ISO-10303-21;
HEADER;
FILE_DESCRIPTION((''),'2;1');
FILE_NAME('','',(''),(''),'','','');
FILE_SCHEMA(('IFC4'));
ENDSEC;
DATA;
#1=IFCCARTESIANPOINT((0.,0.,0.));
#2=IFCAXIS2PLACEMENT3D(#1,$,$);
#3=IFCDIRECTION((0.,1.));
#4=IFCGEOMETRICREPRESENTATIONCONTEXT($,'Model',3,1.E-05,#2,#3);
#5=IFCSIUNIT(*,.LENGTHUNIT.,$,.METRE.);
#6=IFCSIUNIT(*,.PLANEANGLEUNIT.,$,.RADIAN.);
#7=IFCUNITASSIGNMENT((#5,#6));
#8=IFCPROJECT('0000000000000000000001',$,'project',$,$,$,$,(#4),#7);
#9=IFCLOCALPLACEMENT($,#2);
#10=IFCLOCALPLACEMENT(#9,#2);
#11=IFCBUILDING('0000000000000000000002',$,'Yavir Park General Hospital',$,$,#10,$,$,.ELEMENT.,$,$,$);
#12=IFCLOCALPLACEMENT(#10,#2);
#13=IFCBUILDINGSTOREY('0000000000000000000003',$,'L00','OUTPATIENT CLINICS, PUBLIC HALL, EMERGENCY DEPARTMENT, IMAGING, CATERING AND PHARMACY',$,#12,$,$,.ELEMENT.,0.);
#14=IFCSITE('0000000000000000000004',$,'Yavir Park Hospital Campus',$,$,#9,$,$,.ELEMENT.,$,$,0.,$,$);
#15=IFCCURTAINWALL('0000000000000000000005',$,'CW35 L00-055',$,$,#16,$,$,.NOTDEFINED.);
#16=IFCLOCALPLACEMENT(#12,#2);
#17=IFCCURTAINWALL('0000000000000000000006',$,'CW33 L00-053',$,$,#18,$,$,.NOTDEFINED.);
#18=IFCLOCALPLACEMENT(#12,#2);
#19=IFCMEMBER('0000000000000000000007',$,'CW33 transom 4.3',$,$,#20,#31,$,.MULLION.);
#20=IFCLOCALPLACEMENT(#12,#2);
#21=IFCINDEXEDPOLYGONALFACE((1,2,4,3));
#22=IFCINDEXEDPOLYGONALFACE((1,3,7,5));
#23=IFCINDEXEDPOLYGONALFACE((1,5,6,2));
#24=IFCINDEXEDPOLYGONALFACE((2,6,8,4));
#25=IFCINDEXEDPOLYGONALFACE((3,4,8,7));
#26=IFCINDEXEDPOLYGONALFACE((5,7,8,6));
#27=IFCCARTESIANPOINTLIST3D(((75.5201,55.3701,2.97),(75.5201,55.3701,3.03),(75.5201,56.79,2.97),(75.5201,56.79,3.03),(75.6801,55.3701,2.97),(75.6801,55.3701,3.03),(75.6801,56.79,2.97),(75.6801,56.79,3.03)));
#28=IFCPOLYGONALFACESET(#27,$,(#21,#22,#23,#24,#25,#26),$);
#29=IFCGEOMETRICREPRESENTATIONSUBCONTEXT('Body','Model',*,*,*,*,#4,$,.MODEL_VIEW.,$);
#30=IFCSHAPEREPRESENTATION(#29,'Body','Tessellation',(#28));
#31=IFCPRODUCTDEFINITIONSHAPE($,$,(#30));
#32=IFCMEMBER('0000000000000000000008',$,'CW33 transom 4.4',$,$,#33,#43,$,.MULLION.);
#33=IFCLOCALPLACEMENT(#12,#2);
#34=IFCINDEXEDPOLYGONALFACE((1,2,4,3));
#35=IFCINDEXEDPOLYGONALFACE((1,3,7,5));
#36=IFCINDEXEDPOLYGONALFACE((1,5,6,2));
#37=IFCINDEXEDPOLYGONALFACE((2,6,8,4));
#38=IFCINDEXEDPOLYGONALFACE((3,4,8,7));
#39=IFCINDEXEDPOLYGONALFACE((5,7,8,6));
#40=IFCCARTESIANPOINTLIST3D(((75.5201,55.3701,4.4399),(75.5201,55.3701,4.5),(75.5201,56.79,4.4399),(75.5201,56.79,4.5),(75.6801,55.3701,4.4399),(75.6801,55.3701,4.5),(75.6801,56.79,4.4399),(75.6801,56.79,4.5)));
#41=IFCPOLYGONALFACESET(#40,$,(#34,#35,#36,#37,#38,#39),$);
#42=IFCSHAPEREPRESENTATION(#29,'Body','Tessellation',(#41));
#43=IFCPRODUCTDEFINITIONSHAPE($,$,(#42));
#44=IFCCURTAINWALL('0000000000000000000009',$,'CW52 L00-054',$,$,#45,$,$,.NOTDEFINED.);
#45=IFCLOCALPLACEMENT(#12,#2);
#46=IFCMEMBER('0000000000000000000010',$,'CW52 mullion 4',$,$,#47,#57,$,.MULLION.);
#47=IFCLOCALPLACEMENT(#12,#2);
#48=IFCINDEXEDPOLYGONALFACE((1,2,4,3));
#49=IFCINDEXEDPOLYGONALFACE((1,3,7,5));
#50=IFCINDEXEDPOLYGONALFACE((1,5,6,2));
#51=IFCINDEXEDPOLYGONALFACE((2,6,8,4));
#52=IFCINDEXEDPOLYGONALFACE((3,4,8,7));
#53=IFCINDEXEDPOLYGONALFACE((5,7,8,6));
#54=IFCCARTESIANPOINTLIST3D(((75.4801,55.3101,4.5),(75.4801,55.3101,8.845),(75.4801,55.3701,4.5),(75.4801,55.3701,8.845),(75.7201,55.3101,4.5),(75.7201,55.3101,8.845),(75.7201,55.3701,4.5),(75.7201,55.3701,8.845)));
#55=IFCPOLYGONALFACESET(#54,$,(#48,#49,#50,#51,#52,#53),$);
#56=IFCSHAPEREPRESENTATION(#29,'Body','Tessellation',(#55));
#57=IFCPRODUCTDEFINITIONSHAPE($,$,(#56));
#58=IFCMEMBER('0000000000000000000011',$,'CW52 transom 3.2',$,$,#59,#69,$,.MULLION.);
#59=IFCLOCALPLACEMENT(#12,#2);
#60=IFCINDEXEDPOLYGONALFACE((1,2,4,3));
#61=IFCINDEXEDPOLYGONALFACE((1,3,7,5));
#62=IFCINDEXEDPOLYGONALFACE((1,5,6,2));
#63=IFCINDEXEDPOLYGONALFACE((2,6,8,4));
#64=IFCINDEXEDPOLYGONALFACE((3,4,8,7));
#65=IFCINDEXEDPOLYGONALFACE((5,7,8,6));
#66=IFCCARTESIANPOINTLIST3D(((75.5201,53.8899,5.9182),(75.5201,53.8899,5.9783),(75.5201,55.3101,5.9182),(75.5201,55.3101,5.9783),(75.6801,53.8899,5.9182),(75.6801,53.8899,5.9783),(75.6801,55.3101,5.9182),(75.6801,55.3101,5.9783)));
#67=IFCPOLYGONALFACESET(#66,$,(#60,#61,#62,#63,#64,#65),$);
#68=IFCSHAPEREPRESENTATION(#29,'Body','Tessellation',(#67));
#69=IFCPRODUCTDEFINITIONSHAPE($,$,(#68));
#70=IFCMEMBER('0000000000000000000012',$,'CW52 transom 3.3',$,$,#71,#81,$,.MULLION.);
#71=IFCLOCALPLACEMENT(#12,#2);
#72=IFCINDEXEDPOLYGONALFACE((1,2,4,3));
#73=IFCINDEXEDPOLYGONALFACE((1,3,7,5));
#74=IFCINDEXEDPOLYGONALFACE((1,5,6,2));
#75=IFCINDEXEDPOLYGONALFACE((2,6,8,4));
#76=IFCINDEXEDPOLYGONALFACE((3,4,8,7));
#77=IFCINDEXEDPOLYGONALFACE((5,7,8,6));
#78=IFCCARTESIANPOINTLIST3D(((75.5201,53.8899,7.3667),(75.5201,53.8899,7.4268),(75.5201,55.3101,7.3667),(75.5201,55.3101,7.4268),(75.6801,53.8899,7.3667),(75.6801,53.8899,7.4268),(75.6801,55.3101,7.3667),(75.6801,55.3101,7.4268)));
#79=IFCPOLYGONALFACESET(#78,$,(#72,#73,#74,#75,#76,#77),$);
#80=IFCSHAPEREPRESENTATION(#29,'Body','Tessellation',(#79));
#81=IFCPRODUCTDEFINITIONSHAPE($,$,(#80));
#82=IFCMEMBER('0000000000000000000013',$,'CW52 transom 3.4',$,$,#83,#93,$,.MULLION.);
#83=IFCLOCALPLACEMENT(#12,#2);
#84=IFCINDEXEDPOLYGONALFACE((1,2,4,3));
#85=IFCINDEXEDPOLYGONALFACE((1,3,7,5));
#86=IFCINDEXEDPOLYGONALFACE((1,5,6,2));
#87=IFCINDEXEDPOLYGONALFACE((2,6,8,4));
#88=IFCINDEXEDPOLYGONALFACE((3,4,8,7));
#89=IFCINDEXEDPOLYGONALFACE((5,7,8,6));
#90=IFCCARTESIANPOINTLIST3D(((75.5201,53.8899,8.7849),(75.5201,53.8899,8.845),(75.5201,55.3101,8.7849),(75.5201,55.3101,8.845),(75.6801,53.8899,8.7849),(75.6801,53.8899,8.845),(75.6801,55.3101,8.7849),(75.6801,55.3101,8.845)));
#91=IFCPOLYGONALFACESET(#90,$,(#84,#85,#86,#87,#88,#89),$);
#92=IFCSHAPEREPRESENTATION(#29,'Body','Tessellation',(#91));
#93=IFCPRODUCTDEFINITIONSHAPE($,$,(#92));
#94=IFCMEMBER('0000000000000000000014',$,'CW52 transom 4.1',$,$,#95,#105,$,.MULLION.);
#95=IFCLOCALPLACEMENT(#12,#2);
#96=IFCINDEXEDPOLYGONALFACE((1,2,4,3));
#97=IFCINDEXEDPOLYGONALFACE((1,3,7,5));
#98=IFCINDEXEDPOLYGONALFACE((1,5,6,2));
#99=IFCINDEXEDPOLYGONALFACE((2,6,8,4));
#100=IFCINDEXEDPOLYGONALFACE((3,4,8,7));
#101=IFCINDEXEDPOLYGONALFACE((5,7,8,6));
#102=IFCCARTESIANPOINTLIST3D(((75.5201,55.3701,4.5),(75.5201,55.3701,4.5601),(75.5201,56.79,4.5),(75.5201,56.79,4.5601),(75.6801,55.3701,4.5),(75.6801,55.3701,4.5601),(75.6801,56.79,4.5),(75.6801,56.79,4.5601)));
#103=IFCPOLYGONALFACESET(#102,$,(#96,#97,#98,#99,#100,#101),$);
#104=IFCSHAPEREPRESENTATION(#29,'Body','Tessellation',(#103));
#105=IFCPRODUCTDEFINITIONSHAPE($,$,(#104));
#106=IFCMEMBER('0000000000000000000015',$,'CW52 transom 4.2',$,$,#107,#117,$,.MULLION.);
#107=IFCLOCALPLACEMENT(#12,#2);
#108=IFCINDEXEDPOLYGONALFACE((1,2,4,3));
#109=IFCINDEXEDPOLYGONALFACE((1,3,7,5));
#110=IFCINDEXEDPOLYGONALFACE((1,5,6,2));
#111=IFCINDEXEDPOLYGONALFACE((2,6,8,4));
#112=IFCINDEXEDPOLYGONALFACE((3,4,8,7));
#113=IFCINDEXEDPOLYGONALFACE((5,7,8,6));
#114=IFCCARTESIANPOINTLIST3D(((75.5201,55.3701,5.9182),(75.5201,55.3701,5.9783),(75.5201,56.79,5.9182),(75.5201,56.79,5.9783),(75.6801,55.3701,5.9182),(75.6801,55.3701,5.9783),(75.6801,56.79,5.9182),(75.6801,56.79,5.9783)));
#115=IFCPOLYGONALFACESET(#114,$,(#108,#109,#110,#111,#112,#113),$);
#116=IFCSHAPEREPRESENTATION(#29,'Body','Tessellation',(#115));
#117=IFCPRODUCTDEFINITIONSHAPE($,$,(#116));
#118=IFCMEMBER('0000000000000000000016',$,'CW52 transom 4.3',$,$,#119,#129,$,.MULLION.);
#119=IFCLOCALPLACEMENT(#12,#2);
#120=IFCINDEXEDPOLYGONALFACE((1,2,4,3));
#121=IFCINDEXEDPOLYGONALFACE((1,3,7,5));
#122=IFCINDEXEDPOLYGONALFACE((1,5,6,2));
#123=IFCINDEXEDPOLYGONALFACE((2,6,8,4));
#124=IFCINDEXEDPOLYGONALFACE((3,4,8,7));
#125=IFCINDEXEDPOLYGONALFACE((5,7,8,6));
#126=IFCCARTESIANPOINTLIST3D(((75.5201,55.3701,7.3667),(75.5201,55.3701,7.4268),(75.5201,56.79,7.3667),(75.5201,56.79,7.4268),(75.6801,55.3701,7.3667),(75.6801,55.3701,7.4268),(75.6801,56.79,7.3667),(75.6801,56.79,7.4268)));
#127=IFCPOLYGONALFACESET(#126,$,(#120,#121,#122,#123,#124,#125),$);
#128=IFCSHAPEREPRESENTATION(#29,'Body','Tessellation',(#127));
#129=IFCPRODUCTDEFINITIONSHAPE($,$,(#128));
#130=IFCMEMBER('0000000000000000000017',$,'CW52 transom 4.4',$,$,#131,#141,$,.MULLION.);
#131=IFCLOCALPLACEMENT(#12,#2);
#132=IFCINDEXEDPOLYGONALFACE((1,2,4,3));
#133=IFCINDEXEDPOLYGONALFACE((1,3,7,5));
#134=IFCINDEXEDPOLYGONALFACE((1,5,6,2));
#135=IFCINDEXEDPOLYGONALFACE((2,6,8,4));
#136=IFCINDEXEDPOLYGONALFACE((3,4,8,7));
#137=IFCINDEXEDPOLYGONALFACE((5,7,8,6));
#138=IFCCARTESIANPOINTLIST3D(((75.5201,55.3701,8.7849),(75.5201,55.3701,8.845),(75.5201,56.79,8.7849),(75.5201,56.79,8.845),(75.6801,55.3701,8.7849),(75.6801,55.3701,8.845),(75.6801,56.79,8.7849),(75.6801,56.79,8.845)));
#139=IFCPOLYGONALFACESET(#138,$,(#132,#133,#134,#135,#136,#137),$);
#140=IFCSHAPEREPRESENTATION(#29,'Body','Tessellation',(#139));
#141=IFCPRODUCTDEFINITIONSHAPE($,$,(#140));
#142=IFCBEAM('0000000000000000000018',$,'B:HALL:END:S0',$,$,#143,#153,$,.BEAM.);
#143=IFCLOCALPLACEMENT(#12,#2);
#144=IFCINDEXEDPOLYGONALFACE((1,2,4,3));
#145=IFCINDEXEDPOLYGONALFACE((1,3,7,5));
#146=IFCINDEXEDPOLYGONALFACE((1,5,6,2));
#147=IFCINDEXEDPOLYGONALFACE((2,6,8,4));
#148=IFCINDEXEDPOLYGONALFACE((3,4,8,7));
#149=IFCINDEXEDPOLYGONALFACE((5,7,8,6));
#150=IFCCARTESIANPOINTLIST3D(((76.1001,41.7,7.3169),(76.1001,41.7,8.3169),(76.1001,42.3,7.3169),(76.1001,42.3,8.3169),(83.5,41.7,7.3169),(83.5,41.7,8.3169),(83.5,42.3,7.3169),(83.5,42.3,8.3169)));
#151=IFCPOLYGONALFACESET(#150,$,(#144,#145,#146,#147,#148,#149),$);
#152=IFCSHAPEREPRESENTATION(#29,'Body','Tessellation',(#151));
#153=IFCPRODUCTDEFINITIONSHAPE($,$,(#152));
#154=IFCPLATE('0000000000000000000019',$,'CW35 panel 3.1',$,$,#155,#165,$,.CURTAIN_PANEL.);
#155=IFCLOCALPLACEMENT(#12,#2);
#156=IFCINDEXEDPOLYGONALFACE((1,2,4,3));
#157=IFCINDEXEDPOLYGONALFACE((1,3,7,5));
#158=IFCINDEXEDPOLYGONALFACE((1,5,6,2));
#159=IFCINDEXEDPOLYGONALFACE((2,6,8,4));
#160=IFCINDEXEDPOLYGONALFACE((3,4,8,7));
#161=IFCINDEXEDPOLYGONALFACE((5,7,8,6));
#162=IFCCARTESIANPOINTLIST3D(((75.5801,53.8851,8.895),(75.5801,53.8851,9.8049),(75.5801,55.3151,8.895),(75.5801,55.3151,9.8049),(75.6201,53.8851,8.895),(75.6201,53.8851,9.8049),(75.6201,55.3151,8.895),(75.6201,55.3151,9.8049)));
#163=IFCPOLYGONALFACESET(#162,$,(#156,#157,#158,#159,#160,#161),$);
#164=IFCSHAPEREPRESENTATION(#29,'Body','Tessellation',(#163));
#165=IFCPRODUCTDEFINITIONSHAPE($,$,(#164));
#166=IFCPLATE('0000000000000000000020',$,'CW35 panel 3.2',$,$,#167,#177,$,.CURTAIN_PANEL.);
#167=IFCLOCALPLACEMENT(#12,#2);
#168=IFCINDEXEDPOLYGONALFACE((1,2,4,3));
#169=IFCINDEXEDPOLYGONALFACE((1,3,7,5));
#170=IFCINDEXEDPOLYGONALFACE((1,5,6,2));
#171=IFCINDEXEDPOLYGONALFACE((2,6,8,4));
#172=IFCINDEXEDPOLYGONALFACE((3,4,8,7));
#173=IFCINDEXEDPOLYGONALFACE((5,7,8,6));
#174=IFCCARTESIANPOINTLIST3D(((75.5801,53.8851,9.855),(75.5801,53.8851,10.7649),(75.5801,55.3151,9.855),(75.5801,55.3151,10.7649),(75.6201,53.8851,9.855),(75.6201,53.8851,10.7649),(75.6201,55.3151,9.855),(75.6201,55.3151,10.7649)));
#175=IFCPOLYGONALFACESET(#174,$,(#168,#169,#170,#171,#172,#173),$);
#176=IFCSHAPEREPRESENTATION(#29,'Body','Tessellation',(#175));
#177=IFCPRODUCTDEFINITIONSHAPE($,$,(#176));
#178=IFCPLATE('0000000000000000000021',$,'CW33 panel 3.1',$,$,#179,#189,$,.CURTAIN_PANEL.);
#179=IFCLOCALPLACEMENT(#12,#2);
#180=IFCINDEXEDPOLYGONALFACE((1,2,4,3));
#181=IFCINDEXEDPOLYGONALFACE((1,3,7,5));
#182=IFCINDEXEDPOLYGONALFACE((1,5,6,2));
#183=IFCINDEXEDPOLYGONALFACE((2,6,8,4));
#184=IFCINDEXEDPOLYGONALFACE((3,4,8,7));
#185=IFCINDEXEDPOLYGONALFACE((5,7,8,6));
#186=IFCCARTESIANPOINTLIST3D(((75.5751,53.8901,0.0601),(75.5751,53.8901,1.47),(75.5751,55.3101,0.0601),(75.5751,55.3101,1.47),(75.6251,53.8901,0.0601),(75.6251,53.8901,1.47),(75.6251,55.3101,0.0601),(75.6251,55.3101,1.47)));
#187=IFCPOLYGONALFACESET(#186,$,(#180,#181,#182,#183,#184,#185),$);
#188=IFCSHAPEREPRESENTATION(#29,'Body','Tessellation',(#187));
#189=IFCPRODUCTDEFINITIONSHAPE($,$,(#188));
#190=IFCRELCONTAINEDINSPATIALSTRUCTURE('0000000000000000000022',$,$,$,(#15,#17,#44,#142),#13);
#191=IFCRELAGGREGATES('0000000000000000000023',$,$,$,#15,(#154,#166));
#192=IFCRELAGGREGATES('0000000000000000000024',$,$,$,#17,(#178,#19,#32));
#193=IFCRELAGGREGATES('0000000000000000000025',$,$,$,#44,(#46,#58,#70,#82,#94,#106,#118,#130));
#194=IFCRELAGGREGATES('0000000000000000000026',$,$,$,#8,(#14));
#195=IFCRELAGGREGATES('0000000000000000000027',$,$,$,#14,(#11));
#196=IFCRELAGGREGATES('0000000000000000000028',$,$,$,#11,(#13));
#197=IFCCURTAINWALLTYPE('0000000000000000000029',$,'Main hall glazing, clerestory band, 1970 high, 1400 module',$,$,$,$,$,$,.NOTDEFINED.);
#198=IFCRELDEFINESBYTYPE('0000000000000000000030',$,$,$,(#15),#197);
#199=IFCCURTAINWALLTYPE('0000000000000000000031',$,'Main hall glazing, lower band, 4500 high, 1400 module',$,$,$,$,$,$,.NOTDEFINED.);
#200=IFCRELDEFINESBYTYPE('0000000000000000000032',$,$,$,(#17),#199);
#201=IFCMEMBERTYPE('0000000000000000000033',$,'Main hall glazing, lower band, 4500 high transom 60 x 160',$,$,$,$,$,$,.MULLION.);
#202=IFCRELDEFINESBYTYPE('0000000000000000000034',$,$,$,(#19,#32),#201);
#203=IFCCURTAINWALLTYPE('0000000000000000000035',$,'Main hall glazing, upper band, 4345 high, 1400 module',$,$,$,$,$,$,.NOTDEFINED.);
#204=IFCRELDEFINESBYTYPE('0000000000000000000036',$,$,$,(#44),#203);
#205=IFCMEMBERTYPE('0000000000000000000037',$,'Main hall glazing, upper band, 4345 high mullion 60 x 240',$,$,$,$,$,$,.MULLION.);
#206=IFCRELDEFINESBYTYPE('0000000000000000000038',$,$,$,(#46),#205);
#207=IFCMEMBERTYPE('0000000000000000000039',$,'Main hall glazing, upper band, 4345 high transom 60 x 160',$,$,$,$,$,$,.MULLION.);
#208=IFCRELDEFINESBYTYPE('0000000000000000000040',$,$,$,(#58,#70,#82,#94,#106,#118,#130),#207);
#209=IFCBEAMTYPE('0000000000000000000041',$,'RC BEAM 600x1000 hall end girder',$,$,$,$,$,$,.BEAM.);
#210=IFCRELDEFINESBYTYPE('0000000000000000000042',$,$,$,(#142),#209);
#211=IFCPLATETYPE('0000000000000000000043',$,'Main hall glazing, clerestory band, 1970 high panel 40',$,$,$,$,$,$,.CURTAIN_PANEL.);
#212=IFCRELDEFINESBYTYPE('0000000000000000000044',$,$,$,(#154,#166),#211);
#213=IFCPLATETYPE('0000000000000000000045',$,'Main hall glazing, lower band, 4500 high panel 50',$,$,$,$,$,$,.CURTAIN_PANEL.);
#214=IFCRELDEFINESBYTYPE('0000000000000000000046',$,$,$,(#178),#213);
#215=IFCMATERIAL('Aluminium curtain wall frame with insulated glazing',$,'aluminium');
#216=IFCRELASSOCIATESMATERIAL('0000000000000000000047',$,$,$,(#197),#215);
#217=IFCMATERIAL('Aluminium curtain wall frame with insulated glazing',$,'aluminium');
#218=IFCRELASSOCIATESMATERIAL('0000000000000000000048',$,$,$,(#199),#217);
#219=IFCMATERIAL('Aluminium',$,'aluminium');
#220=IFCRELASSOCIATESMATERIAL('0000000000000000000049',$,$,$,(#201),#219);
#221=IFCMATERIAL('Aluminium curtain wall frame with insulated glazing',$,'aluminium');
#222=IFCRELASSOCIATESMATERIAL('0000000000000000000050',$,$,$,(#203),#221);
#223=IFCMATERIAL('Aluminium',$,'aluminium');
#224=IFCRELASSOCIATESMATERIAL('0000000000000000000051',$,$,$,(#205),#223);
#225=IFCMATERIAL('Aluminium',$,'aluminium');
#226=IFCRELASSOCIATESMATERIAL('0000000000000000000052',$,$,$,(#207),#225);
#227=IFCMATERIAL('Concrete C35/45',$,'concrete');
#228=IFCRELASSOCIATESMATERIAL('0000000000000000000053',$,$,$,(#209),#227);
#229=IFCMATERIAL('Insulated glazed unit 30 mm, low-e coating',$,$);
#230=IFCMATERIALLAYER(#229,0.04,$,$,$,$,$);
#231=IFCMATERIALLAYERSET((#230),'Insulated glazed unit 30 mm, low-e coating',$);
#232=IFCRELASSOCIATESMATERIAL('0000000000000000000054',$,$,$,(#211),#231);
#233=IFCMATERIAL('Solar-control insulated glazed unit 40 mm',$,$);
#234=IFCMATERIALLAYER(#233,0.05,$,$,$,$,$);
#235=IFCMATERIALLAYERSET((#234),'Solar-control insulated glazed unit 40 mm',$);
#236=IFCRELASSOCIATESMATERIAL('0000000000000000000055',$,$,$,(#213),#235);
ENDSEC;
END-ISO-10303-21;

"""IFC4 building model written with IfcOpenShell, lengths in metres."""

from ifc_helpers import new_model, si_unit, direction, frame, origin, origin_2d, place, context, subcontext, project, spatial, rectangle, extrude, material, layer, layer_set, material_profile, profile_set, type_object, element, aggregate, save


model = new_model("IFC4")

# Units and contexts
model_context = context("Model", 3, precision=1e-05, world=origin(), true_north=direction((0.0, 1.0)))
body_context = subcontext(model_context, "Body", "Model", "MODEL_VIEW")
ifc_project = project(units=[si_unit("LENGTHUNIT", "METRE"), si_unit("PLANEANGLEUNIT", "RADIAN")], contexts=[model_context])

# Site, building, storey
site_placement = place(None, origin())
site = spatial("IfcSite", under=ifc_project, at=site_placement, Name="Yavir Park Hospital Campus", CompositionType="ELEMENT", RefElevation=0.0)
building_placement = place(site_placement, origin())
building = spatial("IfcBuilding", under=site, at=building_placement, Name="Yavir Park General Hospital", CompositionType="ELEMENT")
storey_placement = place(building_placement, origin())
storey = spatial("IfcBuildingStorey", under=building, at=storey_placement, Name="L00", Description="OUTPATIENT CLINICS, PUBLIC HALL, EMERGENCY DEPARTMENT, IMAGING, CATERING AND PHARMACY", CompositionType="ELEMENT", Elevation=0.0)

# Curtain walls, members
ifc_material_1 = material(Name="Aluminium curtain wall frame with insulated glazing", Category="aluminium")
curtain_wall_type_1 = type_object("IfcCurtainWallType", Name="Main hall glazing, clerestory band, 1970 high, 1400 module", PredefinedType="NOTDEFINED", material=ifc_material_1)
curtain_wall_1_placement = place(storey_placement, origin())
curtain_wall_1 = element("IfcCurtainWall", 1, at=curtain_wall_1_placement, inside=storey, type_object=curtain_wall_type_1, Name="CW35 L00-055", PredefinedType="NOTDEFINED")
ifc_material_2 = material(Name="Aluminium curtain wall frame with insulated glazing", Category="aluminium")
curtain_wall_type_2 = type_object("IfcCurtainWallType", Name="Main hall glazing, lower band, 4500 high, 1400 module", PredefinedType="NOTDEFINED", material=ifc_material_2)
curtain_wall_2_placement = place(storey_placement, origin())
curtain_wall_2 = element("IfcCurtainWall", 2, at=curtain_wall_2_placement, inside=storey, type_object=curtain_wall_type_2, Name="CW33 L00-053", PredefinedType="NOTDEFINED")
ifc_material_3 = material(Name="Aluminium", Category="aluminium")
ifc_material_profile_1 = material_profile(ifc_material_3, rectangle(XDim=0.1599, YDim=0.0601, at=origin_2d()), Name="AL 160x60")
ifc_profile_set_1 = profile_set([ifc_material_profile_1], Name="Aluminium")
member_type_1 = type_object("IfcMemberType", Name="Main hall glazing, lower band, 4500 high transom 60 x 160", PredefinedType="MULLION", material=ifc_profile_set_1)
member_1_placement = place(storey_placement, frame((75.6001, 55.3701, 3.0), z_axis=(0.0, 1.0, 0.0), x_axis=(-1.0, 0.0, 0.0)))
member_1 = element("IfcMember", 3, at=member_1_placement, type_object=member_type_1, Name="CW33 transom 4.3", PredefinedType="MULLION", context=body_context, shape_type="SweptSolid", body=[
    extrude(rectangle(XDim=0.1599, YDim=0.0601, at=origin_2d()), origin(), (0.0, 0.0, 1.0), 1.4199),
])
member_2_placement = place(storey_placement, frame((75.6001, 55.3701, 4.47), z_axis=(0.0, 1.0, 0.0), x_axis=(-1.0, 0.0, 0.0)))
member_2 = element("IfcMember", 4, at=member_2_placement, type_object=member_type_1, Name="CW33 transom 4.4", PredefinedType="MULLION", context=body_context, shape_type="SweptSolid", body=[
    extrude(rectangle(XDim=0.1599, YDim=0.0601, at=origin_2d()), origin(), (0.0, 0.0, 1.0), 1.4199),
])
ifc_material_4 = material(Name="Aluminium curtain wall frame with insulated glazing", Category="aluminium")
curtain_wall_type_3 = type_object("IfcCurtainWallType", Name="Main hall glazing, upper band, 4345 high, 1400 module", PredefinedType="NOTDEFINED", material=ifc_material_4)
curtain_wall_3_placement = place(storey_placement, origin())
curtain_wall_3 = element("IfcCurtainWall", 5, at=curtain_wall_3_placement, inside=storey, type_object=curtain_wall_type_3, Name="CW52 L00-054", PredefinedType="NOTDEFINED")
ifc_material_5 = material(Name="Aluminium", Category="aluminium")
ifc_material_profile_2 = material_profile(ifc_material_5, rectangle(XDim=0.24, YDim=0.0601, at=origin_2d()), Name="AL 60x240")
ifc_profile_set_2 = profile_set([ifc_material_profile_2], Name="Aluminium")
member_type_2 = type_object("IfcMemberType", Name="Main hall glazing, upper band, 4345 high mullion 60 x 240", PredefinedType="MULLION", material=ifc_profile_set_2)
member_3_placement = place(storey_placement, frame((75.6001, 55.3401, 4.5), z_axis=(0.0, 0.0, 1.0), x_axis=(-1.0, 0.0, 0.0)))
member_3 = element("IfcMember", 6, at=member_3_placement, type_object=member_type_2, Name="CW52 mullion 4", PredefinedType="MULLION", context=body_context, shape_type="SweptSolid", body=[
    extrude(rectangle(XDim=0.24, YDim=0.0601, at=origin_2d()), origin(), (0.0, 0.0, 1.0), 4.345),
])
ifc_material_6 = material(Name="Aluminium", Category="aluminium")
ifc_material_profile_3 = material_profile(ifc_material_6, rectangle(XDim=0.1599, YDim=0.0601, at=origin_2d()), Name="AL 160x60")
ifc_profile_set_3 = profile_set([ifc_material_profile_3], Name="Aluminium")
member_type_3 = type_object("IfcMemberType", Name="Main hall glazing, upper band, 4345 high transom 60 x 160", PredefinedType="MULLION", material=ifc_profile_set_3)
member_4_placement = place(storey_placement, frame((75.6001, 53.8899, 5.9482), z_axis=(0.0, 1.0, 0.0), x_axis=(-1.0, 0.0, 0.0)))
member_4 = element("IfcMember", 7, at=member_4_placement, type_object=member_type_3, Name="CW52 transom 3.2", PredefinedType="MULLION", context=body_context, shape_type="SweptSolid", body=[
    extrude(rectangle(XDim=0.1599, YDim=0.0601, at=origin_2d()), origin(), (0.0, 0.0, 1.0), 1.4202),
])
member_5_placement = place(storey_placement, frame((75.6001, 53.8899, 7.3967), z_axis=(0.0, 1.0, 0.0), x_axis=(-1.0, 0.0, 0.0)))
member_5 = element("IfcMember", 8, at=member_5_placement, type_object=member_type_3, Name="CW52 transom 3.3", PredefinedType="MULLION", context=body_context, shape_type="SweptSolid", body=[
    extrude(rectangle(XDim=0.1599, YDim=0.0601, at=origin_2d()), origin(), (0.0, 0.0, 1.0), 1.4202),
])
member_6_placement = place(storey_placement, frame((75.6001, 53.8899, 8.8149), z_axis=(0.0, 1.0, 0.0), x_axis=(-1.0, 0.0, 0.0)))
member_6 = element("IfcMember", 9, at=member_6_placement, type_object=member_type_3, Name="CW52 transom 3.4", PredefinedType="MULLION", context=body_context, shape_type="SweptSolid", body=[
    extrude(rectangle(XDim=0.1599, YDim=0.0601, at=origin_2d()), origin(), (0.0, 0.0, 1.0), 1.4202),
])
member_7_placement = place(storey_placement, frame((75.6001, 55.3701, 4.53), z_axis=(0.0, 1.0, 0.0), x_axis=(-1.0, 0.0, 0.0)))
member_7 = element("IfcMember", 10, at=member_7_placement, type_object=member_type_3, Name="CW52 transom 4.1", PredefinedType="MULLION", context=body_context, shape_type="SweptSolid", body=[
    extrude(rectangle(XDim=0.1599, YDim=0.0601, at=origin_2d()), origin(), (0.0, 0.0, 1.0), 1.4199),
])
member_8_placement = place(storey_placement, frame((75.6001, 55.3701, 5.9482), z_axis=(0.0, 1.0, 0.0), x_axis=(-1.0, 0.0, 0.0)))
member_8 = element("IfcMember", 11, at=member_8_placement, type_object=member_type_3, Name="CW52 transom 4.2", PredefinedType="MULLION", context=body_context, shape_type="SweptSolid", body=[
    extrude(rectangle(XDim=0.1599, YDim=0.0601, at=origin_2d()), origin(), (0.0, 0.0, 1.0), 1.4199),
])
member_9_placement = place(storey_placement, frame((75.6001, 55.3701, 7.3967), z_axis=(0.0, 1.0, 0.0), x_axis=(-1.0, 0.0, 0.0)))
member_9 = element("IfcMember", 12, at=member_9_placement, type_object=member_type_3, Name="CW52 transom 4.3", PredefinedType="MULLION", context=body_context, shape_type="SweptSolid", body=[
    extrude(rectangle(XDim=0.1599, YDim=0.0601, at=origin_2d()), origin(), (0.0, 0.0, 1.0), 1.4199),
])
member_10_placement = place(storey_placement, frame((75.6001, 55.3701, 8.8149), z_axis=(0.0, 1.0, 0.0), x_axis=(-1.0, 0.0, 0.0)))
member_10 = element("IfcMember", 13, at=member_10_placement, type_object=member_type_3, Name="CW52 transom 4.4", PredefinedType="MULLION", context=body_context, shape_type="SweptSolid", body=[
    extrude(rectangle(XDim=0.1599, YDim=0.0601, at=origin_2d()), origin(), (0.0, 0.0, 1.0), 1.4199),
])

# Beam
ifc_material_7 = material(Name="Concrete C35/45", Category="concrete")
ifc_material_profile_4 = material_profile(ifc_material_7, rectangle(XDim=0.6001, YDim=1.0, at=origin_2d()), Name="RC600x1000")
ifc_profile_set_4 = profile_set([ifc_material_profile_4], Name="Concrete C35/45")
beam_type_1 = type_object("IfcBeamType", Name="RC BEAM 600x1000 hall end girder", PredefinedType="BEAM", material=ifc_profile_set_4)
beam_1_placement = place(storey_placement, frame((76.1001, 42.0, 7.8169), z_axis=(1.0, 0.0, 0.0), x_axis=(0.0, 1.0, 0.0)))
element("IfcBeam", 14, at=beam_1_placement, inside=storey, type_object=beam_type_1, Name="B:HALL:END:S0", PredefinedType="BEAM", context=body_context, shape_type="SweptSolid", body=[
    extrude(rectangle(XDim=0.6001, YDim=1.0, at=origin_2d()), origin(), (0.0, 0.0, 1.0), 7.3999),
])

# Plates
ifc_material_8 = material(Name="Insulated glazed unit 30 mm, low-e coating")
ifc_layer_1 = layer(ifc_material_8, 0.04)
ifc_layer_set_1 = layer_set([ifc_layer_1], Name="Insulated glazed unit 30 mm, low-e coating")
plate_type_1 = type_object("IfcPlateType", Name="Main hall glazing, clerestory band, 1970 high panel 40", PredefinedType="CURTAIN_PANEL", material=ifc_layer_set_1)
plate_1_placement = place(storey_placement, frame((75.6001, 54.6001, 8.895), z_axis=(0.0, 0.0, 1.0), x_axis=(0.0, 1.0, 0.0)))
plate_1 = element("IfcPlate", 15, at=plate_1_placement, type_object=plate_type_1, Name="CW35 panel 3.1", PredefinedType="CURTAIN_PANEL", context=body_context, shape_type="SweptSolid", body=[
    extrude(rectangle(XDim=1.4299, YDim=0.04, at=origin_2d()), origin(), (0.0, 0.0, 1.0), 0.9099),
])
plate_2_placement = place(storey_placement, frame((75.6001, 54.6001, 9.855), z_axis=(0.0, 0.0, 1.0), x_axis=(0.0, 1.0, 0.0)))
plate_2 = element("IfcPlate", 16, at=plate_2_placement, type_object=plate_type_1, Name="CW35 panel 3.2", PredefinedType="CURTAIN_PANEL", context=body_context, shape_type="SweptSolid", body=[
    extrude(rectangle(XDim=1.4299, YDim=0.04, at=origin_2d()), origin(), (0.0, 0.0, 1.0), 0.9099),
])
aggregate(curtain_wall_1, [plate_1, plate_2])
ifc_material_9 = material(Name="Solar-control insulated glazed unit 40 mm")
ifc_layer_2 = layer(ifc_material_9, 0.05)
ifc_layer_set_2 = layer_set([ifc_layer_2], Name="Solar-control insulated glazed unit 40 mm")
plate_type_2 = type_object("IfcPlateType", Name="Main hall glazing, lower band, 4500 high panel 50", PredefinedType="CURTAIN_PANEL", material=ifc_layer_set_2)
plate_3_placement = place(storey_placement, frame((75.6001, 54.6001, 0.0601), z_axis=(0.0, 0.0, 1.0), x_axis=(0.0, 1.0, 0.0)))
plate_3 = element("IfcPlate", 17, at=plate_3_placement, type_object=plate_type_2, Name="CW33 panel 3.1", PredefinedType="CURTAIN_PANEL", context=body_context, shape_type="SweptSolid", body=[
    extrude(rectangle(XDim=1.4199, YDim=0.05, at=origin_2d()), origin(), (0.0, 0.0, 1.0), 1.4099),
])
aggregate(curtain_wall_2, [plate_3, member_1, member_2])
aggregate(curtain_wall_3, [member_3, member_4, member_5, member_6, member_7, member_8, member_9, member_10])

save(model, "model.ifc")
